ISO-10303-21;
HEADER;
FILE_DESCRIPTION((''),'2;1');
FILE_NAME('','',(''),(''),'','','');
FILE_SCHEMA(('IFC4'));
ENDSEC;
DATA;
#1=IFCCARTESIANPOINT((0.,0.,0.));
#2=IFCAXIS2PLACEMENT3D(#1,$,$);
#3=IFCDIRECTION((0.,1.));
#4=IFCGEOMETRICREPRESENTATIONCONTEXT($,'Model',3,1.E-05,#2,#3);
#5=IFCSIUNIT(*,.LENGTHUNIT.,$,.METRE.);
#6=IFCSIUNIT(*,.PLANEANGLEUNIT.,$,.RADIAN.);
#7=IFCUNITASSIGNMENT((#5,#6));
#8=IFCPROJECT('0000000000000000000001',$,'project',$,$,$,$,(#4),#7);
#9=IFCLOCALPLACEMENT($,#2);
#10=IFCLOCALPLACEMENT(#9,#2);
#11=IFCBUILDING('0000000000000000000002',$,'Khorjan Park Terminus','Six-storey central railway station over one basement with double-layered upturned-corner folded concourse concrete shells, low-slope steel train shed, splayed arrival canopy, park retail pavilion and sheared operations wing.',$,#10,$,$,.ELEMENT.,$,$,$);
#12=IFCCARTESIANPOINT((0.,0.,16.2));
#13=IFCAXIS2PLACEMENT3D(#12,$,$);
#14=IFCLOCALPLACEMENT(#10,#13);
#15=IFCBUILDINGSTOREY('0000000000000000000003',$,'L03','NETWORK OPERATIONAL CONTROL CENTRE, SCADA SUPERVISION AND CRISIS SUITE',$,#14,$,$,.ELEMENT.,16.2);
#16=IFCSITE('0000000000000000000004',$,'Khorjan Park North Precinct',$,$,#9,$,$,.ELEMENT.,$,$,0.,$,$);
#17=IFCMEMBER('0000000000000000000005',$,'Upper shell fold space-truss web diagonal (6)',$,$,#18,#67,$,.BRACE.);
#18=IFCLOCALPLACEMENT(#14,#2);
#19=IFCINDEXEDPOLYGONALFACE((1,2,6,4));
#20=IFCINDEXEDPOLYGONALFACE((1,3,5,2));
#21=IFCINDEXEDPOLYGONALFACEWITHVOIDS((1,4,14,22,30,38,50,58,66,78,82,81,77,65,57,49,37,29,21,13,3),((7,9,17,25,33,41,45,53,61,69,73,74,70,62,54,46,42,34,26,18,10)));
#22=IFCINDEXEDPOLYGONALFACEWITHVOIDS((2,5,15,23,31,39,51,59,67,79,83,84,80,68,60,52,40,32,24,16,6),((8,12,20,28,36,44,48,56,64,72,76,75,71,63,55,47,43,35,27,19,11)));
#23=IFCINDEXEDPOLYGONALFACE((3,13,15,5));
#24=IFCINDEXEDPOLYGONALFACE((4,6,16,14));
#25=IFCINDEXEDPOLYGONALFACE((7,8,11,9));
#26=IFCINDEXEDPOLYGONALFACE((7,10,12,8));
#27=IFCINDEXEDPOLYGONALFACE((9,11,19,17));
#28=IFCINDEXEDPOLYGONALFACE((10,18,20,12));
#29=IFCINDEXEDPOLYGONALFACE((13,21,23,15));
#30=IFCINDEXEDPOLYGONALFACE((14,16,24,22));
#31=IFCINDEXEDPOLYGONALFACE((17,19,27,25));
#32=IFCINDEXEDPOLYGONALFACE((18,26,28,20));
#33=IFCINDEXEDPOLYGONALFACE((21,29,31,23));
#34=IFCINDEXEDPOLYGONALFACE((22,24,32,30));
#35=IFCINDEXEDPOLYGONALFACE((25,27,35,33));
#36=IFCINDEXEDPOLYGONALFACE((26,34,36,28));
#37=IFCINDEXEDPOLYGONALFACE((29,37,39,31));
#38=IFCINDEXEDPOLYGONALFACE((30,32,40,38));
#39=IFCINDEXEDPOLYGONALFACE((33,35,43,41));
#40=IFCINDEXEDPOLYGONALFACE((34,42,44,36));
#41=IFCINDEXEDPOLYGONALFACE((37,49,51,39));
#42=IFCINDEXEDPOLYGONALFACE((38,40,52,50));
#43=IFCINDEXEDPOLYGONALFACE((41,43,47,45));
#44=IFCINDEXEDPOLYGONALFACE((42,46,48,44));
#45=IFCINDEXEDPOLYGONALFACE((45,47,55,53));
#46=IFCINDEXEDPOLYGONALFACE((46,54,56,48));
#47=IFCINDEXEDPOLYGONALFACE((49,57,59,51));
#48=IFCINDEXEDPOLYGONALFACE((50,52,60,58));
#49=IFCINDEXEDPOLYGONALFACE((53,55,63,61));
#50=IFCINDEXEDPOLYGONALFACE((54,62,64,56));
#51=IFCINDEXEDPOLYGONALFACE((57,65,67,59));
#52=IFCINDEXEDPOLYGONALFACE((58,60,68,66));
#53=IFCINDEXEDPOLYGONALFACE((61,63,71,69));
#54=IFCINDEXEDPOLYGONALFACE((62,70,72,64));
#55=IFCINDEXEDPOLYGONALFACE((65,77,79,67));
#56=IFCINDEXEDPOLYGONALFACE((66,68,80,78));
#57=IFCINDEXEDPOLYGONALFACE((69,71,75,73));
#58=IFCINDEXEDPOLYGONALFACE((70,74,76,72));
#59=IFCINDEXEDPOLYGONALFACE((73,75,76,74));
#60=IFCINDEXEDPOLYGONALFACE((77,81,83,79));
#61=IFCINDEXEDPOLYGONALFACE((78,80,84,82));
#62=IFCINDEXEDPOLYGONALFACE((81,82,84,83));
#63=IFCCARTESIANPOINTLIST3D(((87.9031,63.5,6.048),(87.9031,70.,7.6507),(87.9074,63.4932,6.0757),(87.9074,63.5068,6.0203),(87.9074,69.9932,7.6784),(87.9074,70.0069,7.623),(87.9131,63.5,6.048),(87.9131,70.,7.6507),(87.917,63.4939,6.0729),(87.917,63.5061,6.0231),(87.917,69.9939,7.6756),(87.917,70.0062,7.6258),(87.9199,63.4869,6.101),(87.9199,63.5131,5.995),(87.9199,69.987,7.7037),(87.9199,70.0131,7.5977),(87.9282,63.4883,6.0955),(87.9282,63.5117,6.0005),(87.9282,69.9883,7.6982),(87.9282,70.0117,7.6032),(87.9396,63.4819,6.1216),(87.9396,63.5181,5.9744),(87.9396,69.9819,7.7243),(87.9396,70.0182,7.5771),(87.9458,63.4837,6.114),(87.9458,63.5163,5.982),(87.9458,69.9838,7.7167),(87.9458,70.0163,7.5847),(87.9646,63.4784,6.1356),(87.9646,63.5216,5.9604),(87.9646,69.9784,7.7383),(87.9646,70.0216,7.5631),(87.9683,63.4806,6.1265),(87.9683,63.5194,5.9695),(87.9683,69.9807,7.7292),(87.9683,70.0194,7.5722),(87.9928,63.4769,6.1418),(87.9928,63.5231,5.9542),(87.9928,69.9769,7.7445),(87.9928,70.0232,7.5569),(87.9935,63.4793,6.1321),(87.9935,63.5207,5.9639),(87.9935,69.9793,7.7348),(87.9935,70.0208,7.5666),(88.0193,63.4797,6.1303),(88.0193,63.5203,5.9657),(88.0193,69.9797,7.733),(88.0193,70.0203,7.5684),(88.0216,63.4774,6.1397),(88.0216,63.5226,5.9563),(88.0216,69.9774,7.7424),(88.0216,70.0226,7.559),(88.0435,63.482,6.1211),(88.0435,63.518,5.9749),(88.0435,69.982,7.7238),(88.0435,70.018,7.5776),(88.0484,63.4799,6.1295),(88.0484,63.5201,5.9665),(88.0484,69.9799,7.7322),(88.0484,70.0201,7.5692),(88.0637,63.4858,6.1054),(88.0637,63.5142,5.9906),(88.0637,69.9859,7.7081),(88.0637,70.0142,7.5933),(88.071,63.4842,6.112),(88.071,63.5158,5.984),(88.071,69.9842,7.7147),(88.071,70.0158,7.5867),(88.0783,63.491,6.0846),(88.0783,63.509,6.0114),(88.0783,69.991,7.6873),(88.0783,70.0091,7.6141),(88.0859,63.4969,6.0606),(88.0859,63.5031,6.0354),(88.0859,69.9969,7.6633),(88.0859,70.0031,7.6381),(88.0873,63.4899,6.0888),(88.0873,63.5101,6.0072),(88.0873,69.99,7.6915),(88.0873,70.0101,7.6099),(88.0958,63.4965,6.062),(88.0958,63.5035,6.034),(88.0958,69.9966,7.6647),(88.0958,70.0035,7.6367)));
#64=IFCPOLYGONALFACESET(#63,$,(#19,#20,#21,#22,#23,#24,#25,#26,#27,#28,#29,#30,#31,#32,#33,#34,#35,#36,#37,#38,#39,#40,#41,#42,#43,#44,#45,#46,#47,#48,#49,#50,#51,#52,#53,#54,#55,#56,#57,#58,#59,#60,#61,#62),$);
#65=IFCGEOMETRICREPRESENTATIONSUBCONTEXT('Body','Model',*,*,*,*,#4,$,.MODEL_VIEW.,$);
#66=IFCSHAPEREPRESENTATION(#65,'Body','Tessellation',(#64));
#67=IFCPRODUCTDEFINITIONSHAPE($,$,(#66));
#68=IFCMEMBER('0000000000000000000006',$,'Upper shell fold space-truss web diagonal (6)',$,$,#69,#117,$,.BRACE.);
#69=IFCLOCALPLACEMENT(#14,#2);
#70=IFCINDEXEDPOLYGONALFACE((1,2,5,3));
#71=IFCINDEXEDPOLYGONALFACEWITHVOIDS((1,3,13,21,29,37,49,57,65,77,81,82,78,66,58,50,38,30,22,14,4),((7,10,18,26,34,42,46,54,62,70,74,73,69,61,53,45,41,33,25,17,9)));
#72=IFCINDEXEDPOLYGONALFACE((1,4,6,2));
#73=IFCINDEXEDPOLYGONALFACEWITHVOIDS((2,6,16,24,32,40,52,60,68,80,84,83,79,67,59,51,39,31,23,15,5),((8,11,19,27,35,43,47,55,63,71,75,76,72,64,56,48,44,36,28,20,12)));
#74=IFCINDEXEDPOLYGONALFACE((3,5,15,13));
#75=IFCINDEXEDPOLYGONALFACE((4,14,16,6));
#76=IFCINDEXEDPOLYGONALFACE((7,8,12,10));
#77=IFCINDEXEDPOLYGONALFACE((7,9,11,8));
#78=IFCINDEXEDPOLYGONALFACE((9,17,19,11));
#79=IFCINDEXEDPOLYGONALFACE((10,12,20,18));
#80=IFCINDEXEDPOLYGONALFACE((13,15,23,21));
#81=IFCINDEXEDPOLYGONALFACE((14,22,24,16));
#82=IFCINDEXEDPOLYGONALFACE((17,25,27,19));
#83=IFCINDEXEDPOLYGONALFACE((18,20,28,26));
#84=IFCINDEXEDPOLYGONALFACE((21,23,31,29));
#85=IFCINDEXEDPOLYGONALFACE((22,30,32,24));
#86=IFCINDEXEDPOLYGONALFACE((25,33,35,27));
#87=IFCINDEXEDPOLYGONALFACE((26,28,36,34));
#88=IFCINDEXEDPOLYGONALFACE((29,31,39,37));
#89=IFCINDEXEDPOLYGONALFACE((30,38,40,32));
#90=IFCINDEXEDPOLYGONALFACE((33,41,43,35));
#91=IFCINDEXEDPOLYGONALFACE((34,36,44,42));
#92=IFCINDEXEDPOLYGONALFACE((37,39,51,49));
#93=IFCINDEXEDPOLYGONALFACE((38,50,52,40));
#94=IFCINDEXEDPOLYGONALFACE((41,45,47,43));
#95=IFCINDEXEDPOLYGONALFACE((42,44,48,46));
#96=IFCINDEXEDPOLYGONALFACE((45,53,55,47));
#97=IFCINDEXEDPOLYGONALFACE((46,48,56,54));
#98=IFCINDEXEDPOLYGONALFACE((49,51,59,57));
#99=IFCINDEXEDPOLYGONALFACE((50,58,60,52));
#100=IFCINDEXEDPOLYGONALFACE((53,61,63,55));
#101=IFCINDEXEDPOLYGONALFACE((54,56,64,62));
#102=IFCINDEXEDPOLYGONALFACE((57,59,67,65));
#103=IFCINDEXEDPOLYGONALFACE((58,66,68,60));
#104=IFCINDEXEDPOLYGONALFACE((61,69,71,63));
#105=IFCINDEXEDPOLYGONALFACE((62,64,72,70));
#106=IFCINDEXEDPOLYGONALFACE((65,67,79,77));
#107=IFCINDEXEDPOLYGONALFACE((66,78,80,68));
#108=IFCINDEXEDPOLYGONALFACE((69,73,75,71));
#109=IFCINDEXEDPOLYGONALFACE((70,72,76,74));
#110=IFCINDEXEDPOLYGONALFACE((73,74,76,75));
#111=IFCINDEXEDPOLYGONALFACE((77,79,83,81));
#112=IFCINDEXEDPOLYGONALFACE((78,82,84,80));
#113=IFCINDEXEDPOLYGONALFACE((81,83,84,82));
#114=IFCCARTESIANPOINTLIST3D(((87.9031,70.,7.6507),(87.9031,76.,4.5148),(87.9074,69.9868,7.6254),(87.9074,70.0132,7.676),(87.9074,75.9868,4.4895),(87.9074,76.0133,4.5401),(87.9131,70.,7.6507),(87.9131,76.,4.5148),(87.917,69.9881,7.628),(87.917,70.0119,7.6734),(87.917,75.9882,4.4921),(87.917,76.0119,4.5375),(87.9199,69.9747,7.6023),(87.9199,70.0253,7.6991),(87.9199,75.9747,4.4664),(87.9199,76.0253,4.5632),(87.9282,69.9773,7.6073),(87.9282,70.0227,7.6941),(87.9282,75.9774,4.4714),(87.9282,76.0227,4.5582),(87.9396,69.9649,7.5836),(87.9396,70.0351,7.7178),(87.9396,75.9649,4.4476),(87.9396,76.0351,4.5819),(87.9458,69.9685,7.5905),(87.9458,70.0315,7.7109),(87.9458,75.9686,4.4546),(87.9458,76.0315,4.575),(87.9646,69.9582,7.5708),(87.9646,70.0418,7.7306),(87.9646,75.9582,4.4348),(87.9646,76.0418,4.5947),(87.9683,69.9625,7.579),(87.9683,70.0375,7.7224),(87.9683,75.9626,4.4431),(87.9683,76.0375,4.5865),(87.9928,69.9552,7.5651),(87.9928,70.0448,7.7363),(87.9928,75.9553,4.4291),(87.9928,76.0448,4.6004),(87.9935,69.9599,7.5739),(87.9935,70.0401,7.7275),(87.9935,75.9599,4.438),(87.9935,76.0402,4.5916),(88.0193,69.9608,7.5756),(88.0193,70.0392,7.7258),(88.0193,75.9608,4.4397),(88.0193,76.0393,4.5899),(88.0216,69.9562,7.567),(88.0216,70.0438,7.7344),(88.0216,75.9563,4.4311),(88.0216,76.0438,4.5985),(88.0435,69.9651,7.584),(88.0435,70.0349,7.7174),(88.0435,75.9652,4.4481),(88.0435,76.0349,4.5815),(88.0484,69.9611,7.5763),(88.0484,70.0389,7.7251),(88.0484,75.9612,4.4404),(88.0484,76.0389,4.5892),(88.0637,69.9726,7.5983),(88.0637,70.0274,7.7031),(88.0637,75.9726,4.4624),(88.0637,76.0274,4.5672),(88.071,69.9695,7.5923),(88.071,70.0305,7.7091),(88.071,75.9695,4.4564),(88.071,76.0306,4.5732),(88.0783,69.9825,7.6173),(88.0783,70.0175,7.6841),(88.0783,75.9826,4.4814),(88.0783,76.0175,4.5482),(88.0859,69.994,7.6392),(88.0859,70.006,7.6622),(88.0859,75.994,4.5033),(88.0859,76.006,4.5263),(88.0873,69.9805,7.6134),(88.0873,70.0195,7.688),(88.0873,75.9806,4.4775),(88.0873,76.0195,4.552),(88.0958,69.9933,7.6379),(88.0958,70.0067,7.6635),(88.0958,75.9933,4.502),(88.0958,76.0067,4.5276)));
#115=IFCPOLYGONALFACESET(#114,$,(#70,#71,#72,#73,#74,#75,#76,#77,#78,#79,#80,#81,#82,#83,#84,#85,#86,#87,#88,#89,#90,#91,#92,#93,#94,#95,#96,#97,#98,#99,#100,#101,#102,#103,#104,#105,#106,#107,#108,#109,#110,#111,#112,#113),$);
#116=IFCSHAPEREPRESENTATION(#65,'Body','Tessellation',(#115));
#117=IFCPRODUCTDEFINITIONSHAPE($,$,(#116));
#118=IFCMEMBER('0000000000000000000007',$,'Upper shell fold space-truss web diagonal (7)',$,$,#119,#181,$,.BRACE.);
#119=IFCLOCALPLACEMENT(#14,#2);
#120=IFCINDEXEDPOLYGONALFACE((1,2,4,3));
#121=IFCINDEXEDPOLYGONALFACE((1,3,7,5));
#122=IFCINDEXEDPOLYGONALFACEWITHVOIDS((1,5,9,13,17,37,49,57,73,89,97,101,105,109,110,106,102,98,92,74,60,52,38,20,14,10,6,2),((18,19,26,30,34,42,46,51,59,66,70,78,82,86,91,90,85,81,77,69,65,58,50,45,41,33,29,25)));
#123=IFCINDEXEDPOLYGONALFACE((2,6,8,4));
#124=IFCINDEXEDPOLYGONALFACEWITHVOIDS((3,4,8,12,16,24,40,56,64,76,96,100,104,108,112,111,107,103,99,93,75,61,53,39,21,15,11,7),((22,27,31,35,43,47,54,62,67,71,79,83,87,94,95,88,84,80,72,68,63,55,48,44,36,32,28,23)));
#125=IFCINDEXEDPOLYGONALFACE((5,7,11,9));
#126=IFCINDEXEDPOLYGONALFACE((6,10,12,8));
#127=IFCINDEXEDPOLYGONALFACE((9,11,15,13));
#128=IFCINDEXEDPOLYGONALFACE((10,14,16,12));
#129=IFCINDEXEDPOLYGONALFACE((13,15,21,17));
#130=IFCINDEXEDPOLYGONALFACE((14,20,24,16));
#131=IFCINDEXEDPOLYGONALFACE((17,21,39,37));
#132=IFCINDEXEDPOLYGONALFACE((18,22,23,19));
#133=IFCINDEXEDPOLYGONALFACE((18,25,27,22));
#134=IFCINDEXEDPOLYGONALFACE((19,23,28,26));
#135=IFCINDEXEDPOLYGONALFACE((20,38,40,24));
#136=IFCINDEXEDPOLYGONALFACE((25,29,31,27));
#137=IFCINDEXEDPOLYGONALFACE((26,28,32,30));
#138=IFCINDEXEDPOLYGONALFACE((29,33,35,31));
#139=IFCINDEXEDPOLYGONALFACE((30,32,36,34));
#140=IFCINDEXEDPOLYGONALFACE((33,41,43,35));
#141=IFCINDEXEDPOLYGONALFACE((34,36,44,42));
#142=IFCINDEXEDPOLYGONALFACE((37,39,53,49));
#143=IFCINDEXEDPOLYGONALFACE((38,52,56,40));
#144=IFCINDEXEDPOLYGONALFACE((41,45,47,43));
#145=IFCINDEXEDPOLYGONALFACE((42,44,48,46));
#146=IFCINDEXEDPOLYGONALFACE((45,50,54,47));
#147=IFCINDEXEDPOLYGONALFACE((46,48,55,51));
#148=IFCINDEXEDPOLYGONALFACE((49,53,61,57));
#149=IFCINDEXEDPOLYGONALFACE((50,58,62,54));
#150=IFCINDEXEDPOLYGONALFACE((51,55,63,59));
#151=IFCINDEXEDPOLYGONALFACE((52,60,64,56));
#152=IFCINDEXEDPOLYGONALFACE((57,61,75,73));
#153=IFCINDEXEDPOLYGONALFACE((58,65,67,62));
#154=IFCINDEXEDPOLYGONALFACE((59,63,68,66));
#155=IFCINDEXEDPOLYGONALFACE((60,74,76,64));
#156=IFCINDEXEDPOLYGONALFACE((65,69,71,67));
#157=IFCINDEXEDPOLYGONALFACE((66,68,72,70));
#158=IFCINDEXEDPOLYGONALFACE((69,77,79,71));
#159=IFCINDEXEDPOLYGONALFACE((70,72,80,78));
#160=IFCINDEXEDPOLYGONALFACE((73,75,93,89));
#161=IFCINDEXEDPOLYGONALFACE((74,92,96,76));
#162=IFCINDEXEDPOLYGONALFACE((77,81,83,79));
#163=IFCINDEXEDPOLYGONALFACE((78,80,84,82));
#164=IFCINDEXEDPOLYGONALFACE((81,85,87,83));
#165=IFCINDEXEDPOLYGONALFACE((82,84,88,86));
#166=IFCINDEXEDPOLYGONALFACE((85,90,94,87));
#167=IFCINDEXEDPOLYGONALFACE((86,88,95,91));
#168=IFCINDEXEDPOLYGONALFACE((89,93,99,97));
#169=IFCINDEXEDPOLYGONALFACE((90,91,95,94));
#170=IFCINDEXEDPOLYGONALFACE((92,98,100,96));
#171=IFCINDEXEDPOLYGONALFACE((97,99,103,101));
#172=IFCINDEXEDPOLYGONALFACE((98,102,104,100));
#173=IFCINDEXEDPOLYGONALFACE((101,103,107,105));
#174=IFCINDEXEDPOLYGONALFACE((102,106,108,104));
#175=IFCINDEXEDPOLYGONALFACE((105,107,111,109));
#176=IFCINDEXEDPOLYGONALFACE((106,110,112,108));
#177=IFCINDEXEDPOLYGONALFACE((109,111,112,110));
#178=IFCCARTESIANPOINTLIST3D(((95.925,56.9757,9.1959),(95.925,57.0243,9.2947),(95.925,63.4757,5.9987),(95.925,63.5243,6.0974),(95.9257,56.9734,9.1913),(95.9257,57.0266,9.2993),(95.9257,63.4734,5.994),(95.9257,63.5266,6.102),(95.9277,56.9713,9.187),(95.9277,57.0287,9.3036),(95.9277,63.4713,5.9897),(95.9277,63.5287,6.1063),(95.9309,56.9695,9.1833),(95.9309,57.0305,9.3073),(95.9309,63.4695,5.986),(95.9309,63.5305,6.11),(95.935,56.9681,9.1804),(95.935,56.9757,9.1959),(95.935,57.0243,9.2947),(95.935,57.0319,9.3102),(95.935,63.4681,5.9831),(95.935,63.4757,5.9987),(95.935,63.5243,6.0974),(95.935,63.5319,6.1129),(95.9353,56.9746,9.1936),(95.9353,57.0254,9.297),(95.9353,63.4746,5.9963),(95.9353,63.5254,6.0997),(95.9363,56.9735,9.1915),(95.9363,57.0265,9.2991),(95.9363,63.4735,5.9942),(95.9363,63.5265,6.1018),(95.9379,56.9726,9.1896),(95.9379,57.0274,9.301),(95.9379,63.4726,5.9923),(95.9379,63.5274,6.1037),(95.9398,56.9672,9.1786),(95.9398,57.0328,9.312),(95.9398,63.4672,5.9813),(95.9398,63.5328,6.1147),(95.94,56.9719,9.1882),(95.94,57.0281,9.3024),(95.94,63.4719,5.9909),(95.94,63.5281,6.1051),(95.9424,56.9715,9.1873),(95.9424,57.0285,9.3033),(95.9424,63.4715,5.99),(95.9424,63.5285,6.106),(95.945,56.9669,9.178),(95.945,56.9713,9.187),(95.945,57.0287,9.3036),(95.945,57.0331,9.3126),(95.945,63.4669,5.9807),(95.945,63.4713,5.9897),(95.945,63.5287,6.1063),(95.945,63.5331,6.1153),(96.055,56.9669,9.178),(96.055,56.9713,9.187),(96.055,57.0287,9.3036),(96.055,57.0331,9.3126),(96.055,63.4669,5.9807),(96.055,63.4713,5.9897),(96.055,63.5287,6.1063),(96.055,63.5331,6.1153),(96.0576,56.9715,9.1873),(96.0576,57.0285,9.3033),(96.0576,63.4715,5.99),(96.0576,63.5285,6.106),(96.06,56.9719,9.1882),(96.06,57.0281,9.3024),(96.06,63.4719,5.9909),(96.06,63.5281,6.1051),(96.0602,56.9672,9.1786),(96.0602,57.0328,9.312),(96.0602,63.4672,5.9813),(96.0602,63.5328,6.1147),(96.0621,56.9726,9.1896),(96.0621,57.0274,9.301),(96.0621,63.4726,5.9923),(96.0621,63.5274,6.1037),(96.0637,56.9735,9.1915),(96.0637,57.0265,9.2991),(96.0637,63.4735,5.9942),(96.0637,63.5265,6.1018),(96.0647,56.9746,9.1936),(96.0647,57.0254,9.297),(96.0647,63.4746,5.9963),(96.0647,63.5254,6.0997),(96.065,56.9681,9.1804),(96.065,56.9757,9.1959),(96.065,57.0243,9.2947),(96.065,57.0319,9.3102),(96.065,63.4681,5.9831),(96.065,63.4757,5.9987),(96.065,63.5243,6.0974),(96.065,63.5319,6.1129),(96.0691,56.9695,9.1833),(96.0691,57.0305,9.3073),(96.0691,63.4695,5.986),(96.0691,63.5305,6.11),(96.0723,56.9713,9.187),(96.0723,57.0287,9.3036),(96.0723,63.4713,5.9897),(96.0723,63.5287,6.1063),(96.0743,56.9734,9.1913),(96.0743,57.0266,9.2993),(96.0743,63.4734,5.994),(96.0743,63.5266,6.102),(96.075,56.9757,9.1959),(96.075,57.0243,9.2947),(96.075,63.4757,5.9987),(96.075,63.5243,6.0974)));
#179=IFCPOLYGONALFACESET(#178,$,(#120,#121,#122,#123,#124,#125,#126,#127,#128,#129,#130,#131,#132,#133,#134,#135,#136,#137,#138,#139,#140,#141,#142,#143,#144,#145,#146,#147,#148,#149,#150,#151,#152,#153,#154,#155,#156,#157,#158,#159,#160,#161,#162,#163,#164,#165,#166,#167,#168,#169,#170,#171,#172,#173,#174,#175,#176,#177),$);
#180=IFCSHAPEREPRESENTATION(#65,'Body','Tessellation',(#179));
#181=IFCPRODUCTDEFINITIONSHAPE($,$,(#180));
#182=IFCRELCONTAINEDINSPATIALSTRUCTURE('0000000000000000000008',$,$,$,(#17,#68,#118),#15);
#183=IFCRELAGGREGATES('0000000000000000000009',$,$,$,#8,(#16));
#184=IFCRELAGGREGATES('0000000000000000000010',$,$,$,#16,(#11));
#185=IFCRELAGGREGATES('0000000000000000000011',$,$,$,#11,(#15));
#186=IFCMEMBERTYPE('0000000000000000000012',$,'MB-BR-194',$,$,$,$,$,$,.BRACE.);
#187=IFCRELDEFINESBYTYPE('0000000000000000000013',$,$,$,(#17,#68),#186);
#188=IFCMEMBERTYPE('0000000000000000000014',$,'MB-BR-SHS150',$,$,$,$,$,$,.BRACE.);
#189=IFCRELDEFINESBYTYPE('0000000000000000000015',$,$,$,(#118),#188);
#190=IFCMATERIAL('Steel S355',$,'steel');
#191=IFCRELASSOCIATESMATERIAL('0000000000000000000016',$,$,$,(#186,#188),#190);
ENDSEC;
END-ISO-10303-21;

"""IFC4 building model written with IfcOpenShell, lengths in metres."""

from ifc_helpers import new_model, si_unit, direction, frame, origin, origin_2d, place, context, subcontext, project, spatial, hollow_rectangle, hollow_circle, extrude, material, material_profile, profile_set, type_object, element, save


model = new_model("IFC4")

# Units and contexts
model_context = context("Model", 3, precision=1e-05, world=origin(), true_north=direction((0.0, 1.0)))
body_context = subcontext(model_context, "Body", "Model", "MODEL_VIEW")
ifc_project = project(units=[si_unit("LENGTHUNIT", "METRE"), si_unit("PLANEANGLEUNIT", "RADIAN")], contexts=[model_context])

# Site, building, storey
site_placement = place(None, origin())
site = spatial("IfcSite", under=ifc_project, at=site_placement, Name="Khorjan Park North Precinct", CompositionType="ELEMENT", RefElevation=0.0)
building_placement = place(site_placement, origin())
building = spatial("IfcBuilding", under=site, at=building_placement, Name="Khorjan Park Terminus", Description="Six-storey central railway station over one basement with double-layered upturned-corner folded concourse concrete shells, low-slope steel train shed, splayed arrival canopy, park retail pavilion and sheared operations wing.", CompositionType="ELEMENT")
storey_placement = place(building_placement, frame((0.0, 0.0, 16.2)))
storey = spatial("IfcBuildingStorey", under=building, at=storey_placement, Name="L03", Description="NETWORK OPERATIONAL CONTROL CENTRE, SCADA SUPERVISION AND CRISIS SUITE", CompositionType="ELEMENT", Elevation=16.2)

# Members
ifc_material = material(Name="Steel S355", Category="steel")
ifc_material_profile_1 = material_profile(ifc_material, hollow_circle(Radius=0.0969, WallThickness=0.01, at=origin_2d()), Name="CHS 193.7x10")
ifc_profile_set_1 = profile_set([ifc_material_profile_1], Name="Steel S355")
member_type_1 = type_object("IfcMemberType", Name="MB-BR-194", PredefinedType="BRACE", material=ifc_profile_set_1)
member_1_placement = place(storey_placement, frame((88.0, 63.5, 6.048), z_axis=(0.0, 0.970921, 0.239399), x_axis=(-1.0, 0.0, 0.0)))
element("IfcMember", 1, at=member_1_placement, inside=storey, type_object=member_type_1, Name="Upper shell fold space-truss web diagonal (6)", PredefinedType="BRACE", context=body_context, shape_type="SweptSolid", body=[
    extrude(hollow_circle(Radius=0.0969, WallThickness=0.01, at=origin_2d()), origin(), (0.0, 0.0, 1.0), 6.6947),
])
member_2_placement = place(storey_placement, frame((88.0, 70.0, 7.6507), z_axis=(0.0, 0.886254, -0.4632), x_axis=(-1.0, 0.0, 0.0)))
element("IfcMember", 2, at=member_2_placement, inside=storey, type_object=member_type_1, Name="Upper shell fold space-truss web diagonal (6)", PredefinedType="BRACE", context=body_context, shape_type="SweptSolid", body=[
    extrude(hollow_circle(Radius=0.0969, WallThickness=0.01, at=origin_2d()), origin(), (0.0, 0.0, 1.0), 6.7701),
])
ifc_material_profile_2 = material_profile(ifc_material, hollow_rectangle(XDim=0.15, YDim=0.15, WallThickness=0.01, InnerFilletRadius=0.01, OuterFilletRadius=0.02, at=origin_2d()), Name="SHS 150x150x10")
ifc_profile_set_2 = profile_set([ifc_material_profile_2], Name="Steel S355")
member_type_2 = type_object("IfcMemberType", Name="MB-BR-SHS150", PredefinedType="BRACE", material=ifc_profile_set_2)
member_3_placement = place(storey_placement, frame((96.0, 57.0, 9.2453), z_axis=(0.0, 0.897318, -0.441384), x_axis=(-1.0, 0.0, 0.0)))
element("IfcMember", 3, at=member_3_placement, inside=storey, type_object=member_type_2, Name="Upper shell fold space-truss web diagonal (7)", PredefinedType="BRACE", context=body_context, shape_type="SweptSolid", body=[
    extrude(hollow_rectangle(XDim=0.15, YDim=0.15, WallThickness=0.01, InnerFilletRadius=0.01, OuterFilletRadius=0.02, at=origin_2d()), origin(), (0.0, 0.0, 1.0), 7.2438),
])

save(model, "model.ifc")
